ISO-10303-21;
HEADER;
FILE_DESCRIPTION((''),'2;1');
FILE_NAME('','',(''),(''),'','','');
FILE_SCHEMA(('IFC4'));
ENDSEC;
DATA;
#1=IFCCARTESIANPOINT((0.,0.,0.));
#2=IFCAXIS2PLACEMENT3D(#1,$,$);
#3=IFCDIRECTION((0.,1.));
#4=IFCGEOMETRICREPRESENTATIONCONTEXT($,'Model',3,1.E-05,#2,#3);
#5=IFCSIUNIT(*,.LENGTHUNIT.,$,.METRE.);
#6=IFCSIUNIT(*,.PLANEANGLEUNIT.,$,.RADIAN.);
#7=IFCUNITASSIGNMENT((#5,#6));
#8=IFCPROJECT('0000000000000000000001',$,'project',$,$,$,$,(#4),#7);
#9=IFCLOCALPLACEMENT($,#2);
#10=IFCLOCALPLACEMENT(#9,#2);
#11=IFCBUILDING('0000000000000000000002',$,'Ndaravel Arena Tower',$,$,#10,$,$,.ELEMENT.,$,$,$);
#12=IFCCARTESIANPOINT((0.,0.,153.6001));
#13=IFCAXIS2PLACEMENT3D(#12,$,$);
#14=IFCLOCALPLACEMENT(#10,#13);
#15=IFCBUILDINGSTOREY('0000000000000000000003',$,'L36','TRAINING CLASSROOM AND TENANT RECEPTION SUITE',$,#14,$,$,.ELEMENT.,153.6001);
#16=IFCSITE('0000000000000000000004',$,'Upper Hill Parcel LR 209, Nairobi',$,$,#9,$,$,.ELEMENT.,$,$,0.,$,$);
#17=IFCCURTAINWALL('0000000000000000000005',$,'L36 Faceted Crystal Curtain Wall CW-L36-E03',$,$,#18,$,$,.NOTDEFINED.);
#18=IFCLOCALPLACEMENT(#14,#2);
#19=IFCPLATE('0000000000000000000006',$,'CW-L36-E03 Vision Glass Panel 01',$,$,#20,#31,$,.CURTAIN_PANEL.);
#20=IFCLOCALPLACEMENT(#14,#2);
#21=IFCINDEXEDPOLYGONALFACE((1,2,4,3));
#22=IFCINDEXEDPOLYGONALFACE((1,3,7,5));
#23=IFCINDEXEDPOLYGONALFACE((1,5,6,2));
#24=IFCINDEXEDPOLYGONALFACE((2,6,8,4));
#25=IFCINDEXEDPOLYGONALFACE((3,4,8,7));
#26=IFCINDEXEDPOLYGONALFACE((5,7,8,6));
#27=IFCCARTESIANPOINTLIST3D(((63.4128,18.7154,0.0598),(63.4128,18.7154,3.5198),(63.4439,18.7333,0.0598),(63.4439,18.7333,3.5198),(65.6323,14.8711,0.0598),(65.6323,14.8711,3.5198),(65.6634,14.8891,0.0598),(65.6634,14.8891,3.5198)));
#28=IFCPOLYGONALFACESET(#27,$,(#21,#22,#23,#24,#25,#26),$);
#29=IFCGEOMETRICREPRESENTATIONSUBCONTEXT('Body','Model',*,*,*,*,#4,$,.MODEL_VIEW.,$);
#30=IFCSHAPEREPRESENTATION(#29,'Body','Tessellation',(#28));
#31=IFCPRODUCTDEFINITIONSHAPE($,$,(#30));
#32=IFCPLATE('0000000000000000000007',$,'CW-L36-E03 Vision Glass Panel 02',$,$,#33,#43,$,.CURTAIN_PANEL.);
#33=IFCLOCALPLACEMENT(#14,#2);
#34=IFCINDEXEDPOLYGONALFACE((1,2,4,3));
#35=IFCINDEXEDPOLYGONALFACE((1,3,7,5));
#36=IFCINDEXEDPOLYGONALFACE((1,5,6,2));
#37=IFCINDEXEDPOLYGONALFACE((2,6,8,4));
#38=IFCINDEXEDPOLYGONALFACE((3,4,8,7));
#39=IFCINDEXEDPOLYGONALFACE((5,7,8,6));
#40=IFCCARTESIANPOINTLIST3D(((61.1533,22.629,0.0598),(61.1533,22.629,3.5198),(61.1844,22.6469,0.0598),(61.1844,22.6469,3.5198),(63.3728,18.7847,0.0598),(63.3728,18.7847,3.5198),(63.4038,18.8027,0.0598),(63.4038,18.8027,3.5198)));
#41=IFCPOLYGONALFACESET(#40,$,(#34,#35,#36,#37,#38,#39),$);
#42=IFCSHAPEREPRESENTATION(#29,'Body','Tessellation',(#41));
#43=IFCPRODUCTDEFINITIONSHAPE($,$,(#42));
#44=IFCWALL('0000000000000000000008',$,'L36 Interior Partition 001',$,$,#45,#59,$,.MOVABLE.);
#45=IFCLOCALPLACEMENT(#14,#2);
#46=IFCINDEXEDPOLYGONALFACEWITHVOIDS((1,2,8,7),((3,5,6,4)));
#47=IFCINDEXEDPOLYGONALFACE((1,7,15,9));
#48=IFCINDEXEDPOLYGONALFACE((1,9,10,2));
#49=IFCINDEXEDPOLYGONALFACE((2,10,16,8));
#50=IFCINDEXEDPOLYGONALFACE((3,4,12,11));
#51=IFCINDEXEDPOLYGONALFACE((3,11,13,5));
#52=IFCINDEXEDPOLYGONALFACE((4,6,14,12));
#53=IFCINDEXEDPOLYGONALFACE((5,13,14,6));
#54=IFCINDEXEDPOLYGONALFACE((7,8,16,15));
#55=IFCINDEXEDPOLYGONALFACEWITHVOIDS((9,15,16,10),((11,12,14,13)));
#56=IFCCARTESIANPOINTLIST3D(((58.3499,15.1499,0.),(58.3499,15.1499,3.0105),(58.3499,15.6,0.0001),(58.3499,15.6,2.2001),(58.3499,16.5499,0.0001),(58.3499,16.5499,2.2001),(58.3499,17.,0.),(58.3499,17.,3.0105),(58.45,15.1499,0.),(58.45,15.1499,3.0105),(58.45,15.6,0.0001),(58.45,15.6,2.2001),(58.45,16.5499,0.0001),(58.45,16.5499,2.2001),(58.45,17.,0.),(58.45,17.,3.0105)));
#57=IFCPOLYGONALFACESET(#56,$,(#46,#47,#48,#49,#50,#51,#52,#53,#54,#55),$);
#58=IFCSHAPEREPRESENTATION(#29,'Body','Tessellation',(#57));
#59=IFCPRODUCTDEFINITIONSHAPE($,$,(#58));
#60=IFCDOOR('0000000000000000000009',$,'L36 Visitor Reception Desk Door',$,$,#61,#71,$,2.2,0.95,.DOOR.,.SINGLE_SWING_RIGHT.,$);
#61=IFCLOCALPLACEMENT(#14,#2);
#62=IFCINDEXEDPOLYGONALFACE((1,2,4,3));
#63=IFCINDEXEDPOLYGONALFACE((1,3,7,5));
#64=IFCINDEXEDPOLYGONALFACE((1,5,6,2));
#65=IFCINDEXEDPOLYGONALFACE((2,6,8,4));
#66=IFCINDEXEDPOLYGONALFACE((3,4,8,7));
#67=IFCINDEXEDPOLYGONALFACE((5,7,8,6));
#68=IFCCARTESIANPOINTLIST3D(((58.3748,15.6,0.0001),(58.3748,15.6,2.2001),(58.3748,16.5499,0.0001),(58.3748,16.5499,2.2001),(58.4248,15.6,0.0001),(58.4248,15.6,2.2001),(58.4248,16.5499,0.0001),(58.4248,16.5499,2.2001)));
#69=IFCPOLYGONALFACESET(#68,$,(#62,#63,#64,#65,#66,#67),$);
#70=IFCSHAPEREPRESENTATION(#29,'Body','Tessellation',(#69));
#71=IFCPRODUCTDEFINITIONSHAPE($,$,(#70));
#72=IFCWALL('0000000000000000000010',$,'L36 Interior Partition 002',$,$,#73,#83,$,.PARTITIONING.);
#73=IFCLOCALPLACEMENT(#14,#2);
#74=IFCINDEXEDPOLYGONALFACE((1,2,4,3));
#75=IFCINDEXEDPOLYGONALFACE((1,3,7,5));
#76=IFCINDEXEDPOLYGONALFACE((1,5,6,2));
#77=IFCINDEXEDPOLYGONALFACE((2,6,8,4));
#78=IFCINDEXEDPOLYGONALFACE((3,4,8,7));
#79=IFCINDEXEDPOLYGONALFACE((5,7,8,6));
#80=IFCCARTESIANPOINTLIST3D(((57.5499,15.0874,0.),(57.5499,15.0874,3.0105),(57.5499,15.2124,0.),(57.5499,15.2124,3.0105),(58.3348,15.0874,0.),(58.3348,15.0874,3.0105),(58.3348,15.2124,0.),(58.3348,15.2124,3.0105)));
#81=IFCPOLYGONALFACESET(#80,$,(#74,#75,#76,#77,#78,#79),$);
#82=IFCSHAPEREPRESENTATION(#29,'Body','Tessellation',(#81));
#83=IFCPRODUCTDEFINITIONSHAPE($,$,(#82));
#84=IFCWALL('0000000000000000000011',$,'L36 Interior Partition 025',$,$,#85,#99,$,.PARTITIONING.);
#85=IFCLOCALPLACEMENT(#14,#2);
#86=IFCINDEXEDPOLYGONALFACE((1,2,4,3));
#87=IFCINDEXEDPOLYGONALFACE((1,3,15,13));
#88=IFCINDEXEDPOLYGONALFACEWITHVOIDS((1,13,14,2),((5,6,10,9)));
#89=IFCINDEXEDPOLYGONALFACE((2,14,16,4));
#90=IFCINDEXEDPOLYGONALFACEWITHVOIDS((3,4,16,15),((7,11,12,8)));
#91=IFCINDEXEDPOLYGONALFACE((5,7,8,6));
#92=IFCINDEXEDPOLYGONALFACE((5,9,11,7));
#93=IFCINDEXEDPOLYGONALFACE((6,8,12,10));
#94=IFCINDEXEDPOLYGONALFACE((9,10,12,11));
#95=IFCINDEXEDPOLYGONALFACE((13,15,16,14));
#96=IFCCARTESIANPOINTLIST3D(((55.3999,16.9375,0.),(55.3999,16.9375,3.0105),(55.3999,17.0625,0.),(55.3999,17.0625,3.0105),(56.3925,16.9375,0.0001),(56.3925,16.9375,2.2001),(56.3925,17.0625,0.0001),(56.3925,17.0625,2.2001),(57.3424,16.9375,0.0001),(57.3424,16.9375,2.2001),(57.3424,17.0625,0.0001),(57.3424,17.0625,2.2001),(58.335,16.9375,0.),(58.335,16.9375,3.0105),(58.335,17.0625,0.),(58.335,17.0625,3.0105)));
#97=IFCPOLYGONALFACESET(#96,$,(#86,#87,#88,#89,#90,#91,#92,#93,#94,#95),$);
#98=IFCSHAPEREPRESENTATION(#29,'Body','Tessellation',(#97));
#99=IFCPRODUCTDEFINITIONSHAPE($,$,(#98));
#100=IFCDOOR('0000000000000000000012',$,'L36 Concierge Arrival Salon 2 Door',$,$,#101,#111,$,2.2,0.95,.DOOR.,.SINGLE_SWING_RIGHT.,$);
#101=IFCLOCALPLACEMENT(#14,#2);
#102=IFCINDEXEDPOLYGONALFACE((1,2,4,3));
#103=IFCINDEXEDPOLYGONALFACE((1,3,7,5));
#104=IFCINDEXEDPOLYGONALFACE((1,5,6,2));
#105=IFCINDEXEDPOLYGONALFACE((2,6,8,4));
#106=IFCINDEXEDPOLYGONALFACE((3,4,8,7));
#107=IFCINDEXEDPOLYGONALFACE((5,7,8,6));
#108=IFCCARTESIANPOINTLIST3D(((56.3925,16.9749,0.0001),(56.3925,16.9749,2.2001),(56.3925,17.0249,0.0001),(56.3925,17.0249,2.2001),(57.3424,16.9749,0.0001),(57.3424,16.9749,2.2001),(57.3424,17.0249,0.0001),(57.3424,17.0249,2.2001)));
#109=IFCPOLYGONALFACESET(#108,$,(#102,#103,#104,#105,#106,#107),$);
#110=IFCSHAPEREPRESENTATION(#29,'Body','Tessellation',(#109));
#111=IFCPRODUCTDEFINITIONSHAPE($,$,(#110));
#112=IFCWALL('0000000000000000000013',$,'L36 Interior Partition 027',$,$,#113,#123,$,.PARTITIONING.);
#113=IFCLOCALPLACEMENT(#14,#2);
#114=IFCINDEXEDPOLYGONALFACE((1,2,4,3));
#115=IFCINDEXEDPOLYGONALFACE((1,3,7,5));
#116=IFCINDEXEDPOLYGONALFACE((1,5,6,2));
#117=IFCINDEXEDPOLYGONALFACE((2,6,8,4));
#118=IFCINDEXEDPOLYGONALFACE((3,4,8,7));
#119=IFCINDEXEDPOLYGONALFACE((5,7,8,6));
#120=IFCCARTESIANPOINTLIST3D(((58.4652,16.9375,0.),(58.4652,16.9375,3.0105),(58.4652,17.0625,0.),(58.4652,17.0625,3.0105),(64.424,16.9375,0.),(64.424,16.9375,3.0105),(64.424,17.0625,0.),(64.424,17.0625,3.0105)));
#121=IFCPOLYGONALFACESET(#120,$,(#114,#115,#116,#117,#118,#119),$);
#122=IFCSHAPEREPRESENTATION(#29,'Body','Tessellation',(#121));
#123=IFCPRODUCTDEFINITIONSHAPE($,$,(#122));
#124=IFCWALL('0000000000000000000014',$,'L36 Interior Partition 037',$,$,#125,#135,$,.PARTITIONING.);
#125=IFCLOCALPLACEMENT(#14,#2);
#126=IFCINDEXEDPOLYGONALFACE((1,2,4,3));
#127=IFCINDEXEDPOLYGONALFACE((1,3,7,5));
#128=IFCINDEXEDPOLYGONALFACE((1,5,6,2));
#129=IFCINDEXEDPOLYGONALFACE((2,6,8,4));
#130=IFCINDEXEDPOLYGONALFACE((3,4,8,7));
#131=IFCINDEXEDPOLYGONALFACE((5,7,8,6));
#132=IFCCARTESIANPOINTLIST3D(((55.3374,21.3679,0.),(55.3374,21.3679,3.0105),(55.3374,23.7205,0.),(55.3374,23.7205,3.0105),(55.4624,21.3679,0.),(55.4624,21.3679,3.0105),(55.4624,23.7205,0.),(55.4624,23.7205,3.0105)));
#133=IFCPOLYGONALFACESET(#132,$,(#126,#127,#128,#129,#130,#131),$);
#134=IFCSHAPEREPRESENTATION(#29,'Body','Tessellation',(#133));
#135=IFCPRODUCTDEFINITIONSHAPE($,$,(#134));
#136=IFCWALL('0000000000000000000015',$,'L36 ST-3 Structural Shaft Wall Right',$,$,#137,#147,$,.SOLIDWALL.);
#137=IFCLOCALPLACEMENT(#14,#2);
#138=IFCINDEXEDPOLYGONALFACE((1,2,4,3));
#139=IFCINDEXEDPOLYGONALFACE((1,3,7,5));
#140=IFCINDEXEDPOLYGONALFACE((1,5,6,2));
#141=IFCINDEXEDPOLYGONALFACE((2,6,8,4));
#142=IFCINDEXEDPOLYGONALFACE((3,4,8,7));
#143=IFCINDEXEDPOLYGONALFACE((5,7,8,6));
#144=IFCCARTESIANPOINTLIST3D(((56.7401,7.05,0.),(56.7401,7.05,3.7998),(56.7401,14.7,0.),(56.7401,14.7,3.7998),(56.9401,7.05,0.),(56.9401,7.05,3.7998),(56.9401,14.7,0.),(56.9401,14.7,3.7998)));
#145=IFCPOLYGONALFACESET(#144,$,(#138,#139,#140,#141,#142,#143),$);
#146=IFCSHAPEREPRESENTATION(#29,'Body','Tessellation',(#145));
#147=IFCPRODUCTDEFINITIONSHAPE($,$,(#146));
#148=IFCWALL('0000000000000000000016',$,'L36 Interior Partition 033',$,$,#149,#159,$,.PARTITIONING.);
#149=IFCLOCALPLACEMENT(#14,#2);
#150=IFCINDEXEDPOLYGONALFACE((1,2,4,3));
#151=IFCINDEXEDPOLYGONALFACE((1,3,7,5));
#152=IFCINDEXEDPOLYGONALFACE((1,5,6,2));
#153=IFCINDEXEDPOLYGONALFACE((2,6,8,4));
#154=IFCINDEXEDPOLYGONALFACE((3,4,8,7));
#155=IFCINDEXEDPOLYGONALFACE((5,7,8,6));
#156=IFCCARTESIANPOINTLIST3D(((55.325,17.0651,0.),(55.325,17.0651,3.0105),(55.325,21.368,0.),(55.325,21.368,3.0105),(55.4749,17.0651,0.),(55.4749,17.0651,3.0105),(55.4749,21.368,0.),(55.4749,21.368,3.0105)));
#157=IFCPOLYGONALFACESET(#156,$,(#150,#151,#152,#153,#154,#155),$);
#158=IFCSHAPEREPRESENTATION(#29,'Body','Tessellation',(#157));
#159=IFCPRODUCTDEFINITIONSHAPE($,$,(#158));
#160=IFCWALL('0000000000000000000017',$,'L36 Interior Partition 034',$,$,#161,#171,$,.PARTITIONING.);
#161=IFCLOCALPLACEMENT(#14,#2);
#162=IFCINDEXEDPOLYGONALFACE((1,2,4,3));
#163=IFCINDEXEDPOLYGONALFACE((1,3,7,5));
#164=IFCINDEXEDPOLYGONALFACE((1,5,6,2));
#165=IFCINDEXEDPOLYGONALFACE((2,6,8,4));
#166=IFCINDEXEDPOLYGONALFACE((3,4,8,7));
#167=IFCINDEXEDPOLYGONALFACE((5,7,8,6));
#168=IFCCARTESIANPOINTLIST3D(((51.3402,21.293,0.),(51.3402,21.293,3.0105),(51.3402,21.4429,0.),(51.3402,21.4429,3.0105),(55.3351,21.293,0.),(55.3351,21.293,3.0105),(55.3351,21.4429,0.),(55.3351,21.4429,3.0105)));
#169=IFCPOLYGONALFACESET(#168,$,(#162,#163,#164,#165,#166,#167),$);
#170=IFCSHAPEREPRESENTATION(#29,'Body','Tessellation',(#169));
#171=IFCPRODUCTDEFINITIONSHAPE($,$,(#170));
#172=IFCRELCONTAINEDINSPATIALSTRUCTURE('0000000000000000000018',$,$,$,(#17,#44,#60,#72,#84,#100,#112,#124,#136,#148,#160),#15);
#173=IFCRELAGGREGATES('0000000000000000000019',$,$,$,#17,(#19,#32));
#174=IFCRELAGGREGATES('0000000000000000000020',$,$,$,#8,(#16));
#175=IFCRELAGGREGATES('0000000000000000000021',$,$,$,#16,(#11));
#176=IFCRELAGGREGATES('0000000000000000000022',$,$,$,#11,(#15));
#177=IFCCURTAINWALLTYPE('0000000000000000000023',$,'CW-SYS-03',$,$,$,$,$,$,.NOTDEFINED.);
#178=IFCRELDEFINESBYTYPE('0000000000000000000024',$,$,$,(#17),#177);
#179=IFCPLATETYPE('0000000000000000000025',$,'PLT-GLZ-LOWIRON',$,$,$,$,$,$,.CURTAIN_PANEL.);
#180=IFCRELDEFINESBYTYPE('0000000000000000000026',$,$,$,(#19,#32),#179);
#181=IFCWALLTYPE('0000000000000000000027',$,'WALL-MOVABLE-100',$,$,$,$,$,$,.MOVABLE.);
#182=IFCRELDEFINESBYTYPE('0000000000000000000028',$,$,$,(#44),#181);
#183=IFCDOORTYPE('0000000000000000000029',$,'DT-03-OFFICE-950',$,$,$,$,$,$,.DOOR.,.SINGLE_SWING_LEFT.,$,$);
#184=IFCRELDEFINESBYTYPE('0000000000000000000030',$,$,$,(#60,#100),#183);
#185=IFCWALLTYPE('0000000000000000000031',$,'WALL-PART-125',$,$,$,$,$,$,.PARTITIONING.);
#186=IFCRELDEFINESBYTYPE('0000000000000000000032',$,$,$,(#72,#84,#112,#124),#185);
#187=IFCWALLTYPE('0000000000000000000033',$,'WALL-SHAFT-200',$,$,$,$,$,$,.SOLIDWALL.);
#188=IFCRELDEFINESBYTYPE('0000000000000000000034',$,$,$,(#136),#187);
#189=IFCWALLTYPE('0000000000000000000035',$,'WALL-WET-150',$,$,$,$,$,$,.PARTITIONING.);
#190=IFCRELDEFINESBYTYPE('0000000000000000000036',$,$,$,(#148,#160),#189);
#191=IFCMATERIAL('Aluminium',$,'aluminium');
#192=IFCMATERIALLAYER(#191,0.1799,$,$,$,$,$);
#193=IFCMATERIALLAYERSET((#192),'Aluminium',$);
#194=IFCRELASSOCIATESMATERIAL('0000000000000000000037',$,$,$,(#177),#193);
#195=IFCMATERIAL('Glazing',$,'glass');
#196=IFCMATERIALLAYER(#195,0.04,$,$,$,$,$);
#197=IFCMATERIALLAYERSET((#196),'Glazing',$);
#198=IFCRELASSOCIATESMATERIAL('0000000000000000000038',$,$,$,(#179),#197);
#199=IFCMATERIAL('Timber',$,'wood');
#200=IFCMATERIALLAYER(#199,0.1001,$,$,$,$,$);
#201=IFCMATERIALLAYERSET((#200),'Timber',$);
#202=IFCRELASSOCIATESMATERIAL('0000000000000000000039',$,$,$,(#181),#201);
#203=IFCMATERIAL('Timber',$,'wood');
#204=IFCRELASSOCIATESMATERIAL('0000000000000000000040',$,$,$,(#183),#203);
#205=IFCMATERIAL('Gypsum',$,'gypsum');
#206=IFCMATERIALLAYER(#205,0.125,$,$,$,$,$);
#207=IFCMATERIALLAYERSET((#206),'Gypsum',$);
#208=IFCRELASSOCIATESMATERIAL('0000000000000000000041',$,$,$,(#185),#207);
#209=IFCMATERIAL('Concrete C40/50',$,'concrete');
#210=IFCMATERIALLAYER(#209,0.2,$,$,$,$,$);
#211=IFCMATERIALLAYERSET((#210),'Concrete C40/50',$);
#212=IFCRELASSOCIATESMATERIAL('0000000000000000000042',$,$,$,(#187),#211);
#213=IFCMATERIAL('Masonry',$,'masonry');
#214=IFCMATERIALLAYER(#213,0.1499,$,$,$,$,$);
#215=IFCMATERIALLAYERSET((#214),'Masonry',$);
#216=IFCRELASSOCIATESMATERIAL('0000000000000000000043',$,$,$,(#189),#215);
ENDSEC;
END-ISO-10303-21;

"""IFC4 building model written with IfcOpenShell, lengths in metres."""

from ifc_helpers import new_model, si_unit, direction, frame, frame_2d, origin, origin_2d, place, context, subcontext, project, spatial, rectangle, extrude, material, layer, layer_set, type_object, element, fill, aggregate, save


model = new_model("IFC4")

# Units and contexts
model_context = context("Model", 3, precision=1e-05, world=origin(), true_north=direction((0.0, 1.0)))
body_context = subcontext(model_context, "Body", "Model", "MODEL_VIEW")
ifc_project = project(units=[si_unit("LENGTHUNIT", "METRE"), si_unit("PLANEANGLEUNIT", "RADIAN")], contexts=[model_context])

# Site, building, storey
site_placement = place(None, origin())
site = spatial("IfcSite", under=ifc_project, at=site_placement, Name="Upper Hill Parcel LR 209, Nairobi", CompositionType="ELEMENT", RefElevation=0.0)
building_placement = place(site_placement, origin())
building = spatial("IfcBuilding", under=site, at=building_placement, Name="Ndaravel Arena Tower", CompositionType="ELEMENT")
storey_placement = place(building_placement, frame((0.0, 0.0, 153.6001)))
storey = spatial("IfcBuildingStorey", under=building, at=storey_placement, Name="L36", Description="TRAINING CLASSROOM AND TENANT RECEPTION SUITE", CompositionType="ELEMENT", Elevation=153.6001)

# Curtain wall, plates
ifc_material_1 = material(Name="Aluminium", Category="aluminium")
ifc_layer_1 = layer(ifc_material_1, 0.1799)
ifc_layer_set_1 = layer_set([ifc_layer_1], Name="Aluminium")
curtain_wall_type = type_object("IfcCurtainWallType", Name="CW-SYS-03", PredefinedType="NOTDEFINED", material=ifc_layer_set_1)
curtain_wall_placement = place(storey_placement, origin())
curtain_wall = element("IfcCurtainWall", 1, at=curtain_wall_placement, inside=storey, type_object=curtain_wall_type, Name="L36 Faceted Crystal Curtain Wall CW-L36-E03", PredefinedType="NOTDEFINED")
ifc_material_2 = material(Name="Glazing", Category="glass")
ifc_layer_2 = layer(ifc_material_2, 0.04)
ifc_layer_set_2 = layer_set([ifc_layer_2], Name="Glazing")
plate_type = type_object("IfcPlateType", Name="PLT-GLZ-LOWIRON", PredefinedType="CURTAIN_PANEL", material=ifc_layer_set_2)
plate_1_placement = place(storey_placement, frame((64.5381, 16.8022, 0.0598), z_axis=(0.0, 0.0, 1.0), x_axis=(-0.5, 0.866025, 0.0)))
plate_1 = element("IfcPlate", 2, at=plate_1_placement, type_object=plate_type, Name="CW-L36-E03 Vision Glass Panel 01", PredefinedType="CURTAIN_PANEL", context=body_context, shape_type="SweptSolid", body=[
    extrude(rectangle(XDim=4.439, YDim=0.0359, at=origin_2d()), origin(), (0.0, 0.0, 1.0), 3.46),
])
plate_2_placement = place(storey_placement, frame((62.2786, 20.7158, 0.0598), z_axis=(0.0, 0.0, 1.0), x_axis=(-0.5, 0.866025, 0.0)))
plate_2 = element("IfcPlate", 3, at=plate_2_placement, type_object=plate_type, Name="CW-L36-E03 Vision Glass Panel 02", PredefinedType="CURTAIN_PANEL", context=body_context, shape_type="SweptSolid", body=[
    extrude(rectangle(XDim=4.439, YDim=0.0359, at=origin_2d()), origin(), (0.0, 0.0, 1.0), 3.46),
])
aggregate(curtain_wall, [plate_1, plate_2])

# Wall, opening, door
ifc_material_3 = material(Name="Timber", Category="wood")
ifc_layer_3 = layer(ifc_material_3, 0.1001)
ifc_layer_set_3 = layer_set([ifc_layer_3], Name="Timber")
wall_type_1 = type_object("IfcWallType", Name="WALL-MOVABLE-100", PredefinedType="MOVABLE", material=ifc_layer_set_3)
wall_1_placement = place(storey_placement, frame((58.3999, 17.0, 0.0), z_axis=(0.0, 0.0, 1.0), x_axis=(0.0, -1.0, 0.0)))
wall_1 = element("IfcWall", 4, at=wall_1_placement, inside=storey, type_object=wall_type_1, Name="L36 Interior Partition 001", PredefinedType="MOVABLE", context=body_context, shape_type="SweptSolid", body=[
    extrude(rectangle(XDim=1.8501, YDim=0.1001, at=frame_2d((0.925, 0.0))), origin(), (0.0, 0.0, 1.0), 3.0105),
])
opening_1_placement = place(wall_1_placement, frame((0.45, 0.0, 0.0)))
opening_1 = element("IfcOpeningElement", 5, at=opening_1_placement, cuts=wall_1, PredefinedType="OPENING", context=body_context, shape_type="SweptSolid", body=[
    extrude(rectangle(XDim=0.95, YDim=2.2, at=frame_2d((0.4751, 1.1001))), frame((0.0, 0.05, 0.0), z_axis=(0.0, -1.0, 0.0), x_axis=(1.0, 0.0, 0.0)), (0.0, 0.0, 1.0), 0.1001),
])
ifc_material_4 = material(Name="Timber", Category="wood")
door_type = type_object("IfcDoorType", Name="DT-03-OFFICE-950", OperationType="SINGLE_SWING_LEFT", PredefinedType="DOOR", material=ifc_material_4)
door_1_placement = place(opening_1_placement, origin())
door_1 = element("IfcDoor", 6, at=door_1_placement, inside=storey, type_object=door_type, Name="L36 Visitor Reception Desk Door", OperationType="SINGLE_SWING_RIGHT", OverallHeight=2.2, OverallWidth=0.95, PredefinedType="DOOR", context=body_context, shape_type="SweptSolid", body=[
    extrude(rectangle(XDim=0.95, YDim=2.2, at=frame_2d((0.4751, 1.1001))), frame((0.0, 0.0249, 0.0), z_axis=(0.0, -1.0, 0.0), x_axis=(1.0, 0.0, 0.0)), (0.0, 0.0, 1.0), 0.05),
])
fill(opening_1, door_1)

# Wall
ifc_material_5 = material(Name="Gypsum", Category="gypsum")
ifc_layer_4 = layer(ifc_material_5, 0.125)
ifc_layer_set_4 = layer_set([ifc_layer_4], Name="Gypsum")
wall_type_2 = type_object("IfcWallType", Name="WALL-PART-125", PredefinedType="PARTITIONING", material=ifc_layer_set_4)
wall_2_placement = place(storey_placement, frame((58.335, 15.1499, 0.0), z_axis=(0.0, 0.0, 1.0), x_axis=(-1.0, 0.0, 0.0)))
element("IfcWall", 7, at=wall_2_placement, inside=storey, type_object=wall_type_2, Name="L36 Interior Partition 002", PredefinedType="PARTITIONING", context=body_context, shape_type="SweptSolid", body=[
    extrude(rectangle(XDim=0.7849, YDim=0.125, at=frame_2d((0.3926, 0.0))), origin(), (0.0, 0.0, 1.0), 3.0105),
])

# Wall, opening, door
wall_3_placement = place(storey_placement, frame((55.3999, 17.0, 0.0), z_axis=(0.0, 0.0, 1.0), x_axis=(1.0, 0.0, 0.0)))
wall_3 = element("IfcWall", 8, at=wall_3_placement, inside=storey, type_object=wall_type_2, Name="L36 Interior Partition 025", PredefinedType="PARTITIONING", context=body_context, shape_type="SweptSolid", body=[
    extrude(rectangle(XDim=2.9351, YDim=0.125, at=frame_2d((1.4675, 0.0))), origin(), (0.0, 0.0, 1.0), 3.0105),
])
opening_2_placement = place(wall_3_placement, frame((0.9924, 0.0, 0.0)))
opening_2 = element("IfcOpeningElement", 9, at=opening_2_placement, cuts=wall_3, PredefinedType="OPENING", context=body_context, shape_type="SweptSolid", body=[
    extrude(rectangle(XDim=0.95, YDim=2.2, at=frame_2d((0.4751, 1.1001))), frame((0.0, 0.0625, 0.0), z_axis=(0.0, -1.0, 0.0), x_axis=(1.0, 0.0, 0.0)), (0.0, 0.0, 1.0), 0.125),
])
door_2_placement = place(opening_2_placement, origin())
door_2 = element("IfcDoor", 10, at=door_2_placement, inside=storey, type_object=door_type, Name="L36 Concierge Arrival Salon 2 Door", OperationType="SINGLE_SWING_RIGHT", OverallHeight=2.2, OverallWidth=0.95, PredefinedType="DOOR", context=body_context, shape_type="SweptSolid", body=[
    extrude(rectangle(XDim=0.95, YDim=2.2, at=frame_2d((0.4751, 1.1001))), frame((0.0, 0.0249, 0.0), z_axis=(0.0, -1.0, 0.0), x_axis=(1.0, 0.0, 0.0)), (0.0, 0.0, 1.0), 0.05),
])
fill(opening_2, door_2)

# Walls
wall_4_placement = place(storey_placement, frame((58.4651, 17.0, 0.0), z_axis=(0.0, 0.0, 1.0), x_axis=(1.0, 0.0, 0.0)))
element("IfcWall", 11, at=wall_4_placement, inside=storey, type_object=wall_type_2, Name="L36 Interior Partition 027", PredefinedType="PARTITIONING", context=body_context, shape_type="SweptSolid", body=[
    extrude(rectangle(XDim=5.9587, YDim=0.125, at=frame_2d((2.9795, 0.0))), origin(), (0.0, 0.0, 1.0), 3.0105),
])
wall_5_placement = place(storey_placement, frame((55.3999, 21.3679, 0.0), z_axis=(0.0, 0.0, 1.0), x_axis=(0.0, 1.0, 0.0)))
element("IfcWall", 12, at=wall_5_placement, inside=storey, type_object=wall_type_2, Name="L36 Interior Partition 037", PredefinedType="PARTITIONING", context=body_context, shape_type="SweptSolid", body=[
    extrude(rectangle(XDim=2.3525, YDim=0.125, at=frame_2d((1.1763, 0.0))), origin(), (0.0, 0.0, 1.0), 3.0105),
])
ifc_material_6 = material(Name="Concrete C40/50", Category="concrete")
ifc_layer_5 = layer(ifc_material_6, 0.2)
ifc_layer_set_5 = layer_set([ifc_layer_5], Name="Concrete C40/50")
wall_type_3 = type_object("IfcWallType", Name="WALL-SHAFT-200", PredefinedType="SOLIDWALL", material=ifc_layer_set_5)
wall_6_placement = place(storey_placement, frame((56.8401, 14.7, 0.0), z_axis=(0.0, 0.0, 1.0), x_axis=(0.0, -1.0, 0.0)))
element("IfcWall", 13, at=wall_6_placement, inside=storey, type_object=wall_type_3, Name="L36 ST-3 Structural Shaft Wall Right", PredefinedType="SOLIDWALL", context=body_context, shape_type="SweptSolid", body=[
    extrude(rectangle(XDim=7.6499, YDim=0.2, at=frame_2d((3.825, 0.0))), origin(), (0.0, 0.0, 1.0), 3.7998),
])
ifc_material_7 = material(Name="Masonry", Category="masonry")
ifc_layer_6 = layer(ifc_material_7, 0.1499)
ifc_layer_set_6 = layer_set([ifc_layer_6], Name="Masonry")
wall_type_4 = type_object("IfcWallType", Name="WALL-WET-150", PredefinedType="PARTITIONING", material=ifc_layer_set_6)
wall_7_placement = place(storey_placement, frame((55.3999, 21.3679, 0.0), z_axis=(0.0, 0.0, 1.0), x_axis=(0.0, -1.0, 0.0)))
element("IfcWall", 14, at=wall_7_placement, inside=storey, type_object=wall_type_4, Name="L36 Interior Partition 033", PredefinedType="PARTITIONING", context=body_context, shape_type="SweptSolid", body=[
    extrude(rectangle(XDim=4.303, YDim=0.1499, at=frame_2d((2.1514, 0.0))), origin(), (0.0, 0.0, 1.0), 3.0105),
])
wall_8_placement = place(storey_placement, frame((51.3401, 21.3679, 0.0), z_axis=(0.0, 0.0, 1.0), x_axis=(1.0, 0.0, 0.0)))
element("IfcWall", 15, at=wall_8_placement, inside=storey, type_object=wall_type_4, Name="L36 Interior Partition 034", PredefinedType="PARTITIONING", context=body_context, shape_type="SweptSolid", body=[
    extrude(rectangle(XDim=3.9949, YDim=0.1499, at=frame_2d((1.9976, 0.0))), origin(), (0.0, 0.0, 1.0), 3.0105),
])

save(model, "model.ifc")
